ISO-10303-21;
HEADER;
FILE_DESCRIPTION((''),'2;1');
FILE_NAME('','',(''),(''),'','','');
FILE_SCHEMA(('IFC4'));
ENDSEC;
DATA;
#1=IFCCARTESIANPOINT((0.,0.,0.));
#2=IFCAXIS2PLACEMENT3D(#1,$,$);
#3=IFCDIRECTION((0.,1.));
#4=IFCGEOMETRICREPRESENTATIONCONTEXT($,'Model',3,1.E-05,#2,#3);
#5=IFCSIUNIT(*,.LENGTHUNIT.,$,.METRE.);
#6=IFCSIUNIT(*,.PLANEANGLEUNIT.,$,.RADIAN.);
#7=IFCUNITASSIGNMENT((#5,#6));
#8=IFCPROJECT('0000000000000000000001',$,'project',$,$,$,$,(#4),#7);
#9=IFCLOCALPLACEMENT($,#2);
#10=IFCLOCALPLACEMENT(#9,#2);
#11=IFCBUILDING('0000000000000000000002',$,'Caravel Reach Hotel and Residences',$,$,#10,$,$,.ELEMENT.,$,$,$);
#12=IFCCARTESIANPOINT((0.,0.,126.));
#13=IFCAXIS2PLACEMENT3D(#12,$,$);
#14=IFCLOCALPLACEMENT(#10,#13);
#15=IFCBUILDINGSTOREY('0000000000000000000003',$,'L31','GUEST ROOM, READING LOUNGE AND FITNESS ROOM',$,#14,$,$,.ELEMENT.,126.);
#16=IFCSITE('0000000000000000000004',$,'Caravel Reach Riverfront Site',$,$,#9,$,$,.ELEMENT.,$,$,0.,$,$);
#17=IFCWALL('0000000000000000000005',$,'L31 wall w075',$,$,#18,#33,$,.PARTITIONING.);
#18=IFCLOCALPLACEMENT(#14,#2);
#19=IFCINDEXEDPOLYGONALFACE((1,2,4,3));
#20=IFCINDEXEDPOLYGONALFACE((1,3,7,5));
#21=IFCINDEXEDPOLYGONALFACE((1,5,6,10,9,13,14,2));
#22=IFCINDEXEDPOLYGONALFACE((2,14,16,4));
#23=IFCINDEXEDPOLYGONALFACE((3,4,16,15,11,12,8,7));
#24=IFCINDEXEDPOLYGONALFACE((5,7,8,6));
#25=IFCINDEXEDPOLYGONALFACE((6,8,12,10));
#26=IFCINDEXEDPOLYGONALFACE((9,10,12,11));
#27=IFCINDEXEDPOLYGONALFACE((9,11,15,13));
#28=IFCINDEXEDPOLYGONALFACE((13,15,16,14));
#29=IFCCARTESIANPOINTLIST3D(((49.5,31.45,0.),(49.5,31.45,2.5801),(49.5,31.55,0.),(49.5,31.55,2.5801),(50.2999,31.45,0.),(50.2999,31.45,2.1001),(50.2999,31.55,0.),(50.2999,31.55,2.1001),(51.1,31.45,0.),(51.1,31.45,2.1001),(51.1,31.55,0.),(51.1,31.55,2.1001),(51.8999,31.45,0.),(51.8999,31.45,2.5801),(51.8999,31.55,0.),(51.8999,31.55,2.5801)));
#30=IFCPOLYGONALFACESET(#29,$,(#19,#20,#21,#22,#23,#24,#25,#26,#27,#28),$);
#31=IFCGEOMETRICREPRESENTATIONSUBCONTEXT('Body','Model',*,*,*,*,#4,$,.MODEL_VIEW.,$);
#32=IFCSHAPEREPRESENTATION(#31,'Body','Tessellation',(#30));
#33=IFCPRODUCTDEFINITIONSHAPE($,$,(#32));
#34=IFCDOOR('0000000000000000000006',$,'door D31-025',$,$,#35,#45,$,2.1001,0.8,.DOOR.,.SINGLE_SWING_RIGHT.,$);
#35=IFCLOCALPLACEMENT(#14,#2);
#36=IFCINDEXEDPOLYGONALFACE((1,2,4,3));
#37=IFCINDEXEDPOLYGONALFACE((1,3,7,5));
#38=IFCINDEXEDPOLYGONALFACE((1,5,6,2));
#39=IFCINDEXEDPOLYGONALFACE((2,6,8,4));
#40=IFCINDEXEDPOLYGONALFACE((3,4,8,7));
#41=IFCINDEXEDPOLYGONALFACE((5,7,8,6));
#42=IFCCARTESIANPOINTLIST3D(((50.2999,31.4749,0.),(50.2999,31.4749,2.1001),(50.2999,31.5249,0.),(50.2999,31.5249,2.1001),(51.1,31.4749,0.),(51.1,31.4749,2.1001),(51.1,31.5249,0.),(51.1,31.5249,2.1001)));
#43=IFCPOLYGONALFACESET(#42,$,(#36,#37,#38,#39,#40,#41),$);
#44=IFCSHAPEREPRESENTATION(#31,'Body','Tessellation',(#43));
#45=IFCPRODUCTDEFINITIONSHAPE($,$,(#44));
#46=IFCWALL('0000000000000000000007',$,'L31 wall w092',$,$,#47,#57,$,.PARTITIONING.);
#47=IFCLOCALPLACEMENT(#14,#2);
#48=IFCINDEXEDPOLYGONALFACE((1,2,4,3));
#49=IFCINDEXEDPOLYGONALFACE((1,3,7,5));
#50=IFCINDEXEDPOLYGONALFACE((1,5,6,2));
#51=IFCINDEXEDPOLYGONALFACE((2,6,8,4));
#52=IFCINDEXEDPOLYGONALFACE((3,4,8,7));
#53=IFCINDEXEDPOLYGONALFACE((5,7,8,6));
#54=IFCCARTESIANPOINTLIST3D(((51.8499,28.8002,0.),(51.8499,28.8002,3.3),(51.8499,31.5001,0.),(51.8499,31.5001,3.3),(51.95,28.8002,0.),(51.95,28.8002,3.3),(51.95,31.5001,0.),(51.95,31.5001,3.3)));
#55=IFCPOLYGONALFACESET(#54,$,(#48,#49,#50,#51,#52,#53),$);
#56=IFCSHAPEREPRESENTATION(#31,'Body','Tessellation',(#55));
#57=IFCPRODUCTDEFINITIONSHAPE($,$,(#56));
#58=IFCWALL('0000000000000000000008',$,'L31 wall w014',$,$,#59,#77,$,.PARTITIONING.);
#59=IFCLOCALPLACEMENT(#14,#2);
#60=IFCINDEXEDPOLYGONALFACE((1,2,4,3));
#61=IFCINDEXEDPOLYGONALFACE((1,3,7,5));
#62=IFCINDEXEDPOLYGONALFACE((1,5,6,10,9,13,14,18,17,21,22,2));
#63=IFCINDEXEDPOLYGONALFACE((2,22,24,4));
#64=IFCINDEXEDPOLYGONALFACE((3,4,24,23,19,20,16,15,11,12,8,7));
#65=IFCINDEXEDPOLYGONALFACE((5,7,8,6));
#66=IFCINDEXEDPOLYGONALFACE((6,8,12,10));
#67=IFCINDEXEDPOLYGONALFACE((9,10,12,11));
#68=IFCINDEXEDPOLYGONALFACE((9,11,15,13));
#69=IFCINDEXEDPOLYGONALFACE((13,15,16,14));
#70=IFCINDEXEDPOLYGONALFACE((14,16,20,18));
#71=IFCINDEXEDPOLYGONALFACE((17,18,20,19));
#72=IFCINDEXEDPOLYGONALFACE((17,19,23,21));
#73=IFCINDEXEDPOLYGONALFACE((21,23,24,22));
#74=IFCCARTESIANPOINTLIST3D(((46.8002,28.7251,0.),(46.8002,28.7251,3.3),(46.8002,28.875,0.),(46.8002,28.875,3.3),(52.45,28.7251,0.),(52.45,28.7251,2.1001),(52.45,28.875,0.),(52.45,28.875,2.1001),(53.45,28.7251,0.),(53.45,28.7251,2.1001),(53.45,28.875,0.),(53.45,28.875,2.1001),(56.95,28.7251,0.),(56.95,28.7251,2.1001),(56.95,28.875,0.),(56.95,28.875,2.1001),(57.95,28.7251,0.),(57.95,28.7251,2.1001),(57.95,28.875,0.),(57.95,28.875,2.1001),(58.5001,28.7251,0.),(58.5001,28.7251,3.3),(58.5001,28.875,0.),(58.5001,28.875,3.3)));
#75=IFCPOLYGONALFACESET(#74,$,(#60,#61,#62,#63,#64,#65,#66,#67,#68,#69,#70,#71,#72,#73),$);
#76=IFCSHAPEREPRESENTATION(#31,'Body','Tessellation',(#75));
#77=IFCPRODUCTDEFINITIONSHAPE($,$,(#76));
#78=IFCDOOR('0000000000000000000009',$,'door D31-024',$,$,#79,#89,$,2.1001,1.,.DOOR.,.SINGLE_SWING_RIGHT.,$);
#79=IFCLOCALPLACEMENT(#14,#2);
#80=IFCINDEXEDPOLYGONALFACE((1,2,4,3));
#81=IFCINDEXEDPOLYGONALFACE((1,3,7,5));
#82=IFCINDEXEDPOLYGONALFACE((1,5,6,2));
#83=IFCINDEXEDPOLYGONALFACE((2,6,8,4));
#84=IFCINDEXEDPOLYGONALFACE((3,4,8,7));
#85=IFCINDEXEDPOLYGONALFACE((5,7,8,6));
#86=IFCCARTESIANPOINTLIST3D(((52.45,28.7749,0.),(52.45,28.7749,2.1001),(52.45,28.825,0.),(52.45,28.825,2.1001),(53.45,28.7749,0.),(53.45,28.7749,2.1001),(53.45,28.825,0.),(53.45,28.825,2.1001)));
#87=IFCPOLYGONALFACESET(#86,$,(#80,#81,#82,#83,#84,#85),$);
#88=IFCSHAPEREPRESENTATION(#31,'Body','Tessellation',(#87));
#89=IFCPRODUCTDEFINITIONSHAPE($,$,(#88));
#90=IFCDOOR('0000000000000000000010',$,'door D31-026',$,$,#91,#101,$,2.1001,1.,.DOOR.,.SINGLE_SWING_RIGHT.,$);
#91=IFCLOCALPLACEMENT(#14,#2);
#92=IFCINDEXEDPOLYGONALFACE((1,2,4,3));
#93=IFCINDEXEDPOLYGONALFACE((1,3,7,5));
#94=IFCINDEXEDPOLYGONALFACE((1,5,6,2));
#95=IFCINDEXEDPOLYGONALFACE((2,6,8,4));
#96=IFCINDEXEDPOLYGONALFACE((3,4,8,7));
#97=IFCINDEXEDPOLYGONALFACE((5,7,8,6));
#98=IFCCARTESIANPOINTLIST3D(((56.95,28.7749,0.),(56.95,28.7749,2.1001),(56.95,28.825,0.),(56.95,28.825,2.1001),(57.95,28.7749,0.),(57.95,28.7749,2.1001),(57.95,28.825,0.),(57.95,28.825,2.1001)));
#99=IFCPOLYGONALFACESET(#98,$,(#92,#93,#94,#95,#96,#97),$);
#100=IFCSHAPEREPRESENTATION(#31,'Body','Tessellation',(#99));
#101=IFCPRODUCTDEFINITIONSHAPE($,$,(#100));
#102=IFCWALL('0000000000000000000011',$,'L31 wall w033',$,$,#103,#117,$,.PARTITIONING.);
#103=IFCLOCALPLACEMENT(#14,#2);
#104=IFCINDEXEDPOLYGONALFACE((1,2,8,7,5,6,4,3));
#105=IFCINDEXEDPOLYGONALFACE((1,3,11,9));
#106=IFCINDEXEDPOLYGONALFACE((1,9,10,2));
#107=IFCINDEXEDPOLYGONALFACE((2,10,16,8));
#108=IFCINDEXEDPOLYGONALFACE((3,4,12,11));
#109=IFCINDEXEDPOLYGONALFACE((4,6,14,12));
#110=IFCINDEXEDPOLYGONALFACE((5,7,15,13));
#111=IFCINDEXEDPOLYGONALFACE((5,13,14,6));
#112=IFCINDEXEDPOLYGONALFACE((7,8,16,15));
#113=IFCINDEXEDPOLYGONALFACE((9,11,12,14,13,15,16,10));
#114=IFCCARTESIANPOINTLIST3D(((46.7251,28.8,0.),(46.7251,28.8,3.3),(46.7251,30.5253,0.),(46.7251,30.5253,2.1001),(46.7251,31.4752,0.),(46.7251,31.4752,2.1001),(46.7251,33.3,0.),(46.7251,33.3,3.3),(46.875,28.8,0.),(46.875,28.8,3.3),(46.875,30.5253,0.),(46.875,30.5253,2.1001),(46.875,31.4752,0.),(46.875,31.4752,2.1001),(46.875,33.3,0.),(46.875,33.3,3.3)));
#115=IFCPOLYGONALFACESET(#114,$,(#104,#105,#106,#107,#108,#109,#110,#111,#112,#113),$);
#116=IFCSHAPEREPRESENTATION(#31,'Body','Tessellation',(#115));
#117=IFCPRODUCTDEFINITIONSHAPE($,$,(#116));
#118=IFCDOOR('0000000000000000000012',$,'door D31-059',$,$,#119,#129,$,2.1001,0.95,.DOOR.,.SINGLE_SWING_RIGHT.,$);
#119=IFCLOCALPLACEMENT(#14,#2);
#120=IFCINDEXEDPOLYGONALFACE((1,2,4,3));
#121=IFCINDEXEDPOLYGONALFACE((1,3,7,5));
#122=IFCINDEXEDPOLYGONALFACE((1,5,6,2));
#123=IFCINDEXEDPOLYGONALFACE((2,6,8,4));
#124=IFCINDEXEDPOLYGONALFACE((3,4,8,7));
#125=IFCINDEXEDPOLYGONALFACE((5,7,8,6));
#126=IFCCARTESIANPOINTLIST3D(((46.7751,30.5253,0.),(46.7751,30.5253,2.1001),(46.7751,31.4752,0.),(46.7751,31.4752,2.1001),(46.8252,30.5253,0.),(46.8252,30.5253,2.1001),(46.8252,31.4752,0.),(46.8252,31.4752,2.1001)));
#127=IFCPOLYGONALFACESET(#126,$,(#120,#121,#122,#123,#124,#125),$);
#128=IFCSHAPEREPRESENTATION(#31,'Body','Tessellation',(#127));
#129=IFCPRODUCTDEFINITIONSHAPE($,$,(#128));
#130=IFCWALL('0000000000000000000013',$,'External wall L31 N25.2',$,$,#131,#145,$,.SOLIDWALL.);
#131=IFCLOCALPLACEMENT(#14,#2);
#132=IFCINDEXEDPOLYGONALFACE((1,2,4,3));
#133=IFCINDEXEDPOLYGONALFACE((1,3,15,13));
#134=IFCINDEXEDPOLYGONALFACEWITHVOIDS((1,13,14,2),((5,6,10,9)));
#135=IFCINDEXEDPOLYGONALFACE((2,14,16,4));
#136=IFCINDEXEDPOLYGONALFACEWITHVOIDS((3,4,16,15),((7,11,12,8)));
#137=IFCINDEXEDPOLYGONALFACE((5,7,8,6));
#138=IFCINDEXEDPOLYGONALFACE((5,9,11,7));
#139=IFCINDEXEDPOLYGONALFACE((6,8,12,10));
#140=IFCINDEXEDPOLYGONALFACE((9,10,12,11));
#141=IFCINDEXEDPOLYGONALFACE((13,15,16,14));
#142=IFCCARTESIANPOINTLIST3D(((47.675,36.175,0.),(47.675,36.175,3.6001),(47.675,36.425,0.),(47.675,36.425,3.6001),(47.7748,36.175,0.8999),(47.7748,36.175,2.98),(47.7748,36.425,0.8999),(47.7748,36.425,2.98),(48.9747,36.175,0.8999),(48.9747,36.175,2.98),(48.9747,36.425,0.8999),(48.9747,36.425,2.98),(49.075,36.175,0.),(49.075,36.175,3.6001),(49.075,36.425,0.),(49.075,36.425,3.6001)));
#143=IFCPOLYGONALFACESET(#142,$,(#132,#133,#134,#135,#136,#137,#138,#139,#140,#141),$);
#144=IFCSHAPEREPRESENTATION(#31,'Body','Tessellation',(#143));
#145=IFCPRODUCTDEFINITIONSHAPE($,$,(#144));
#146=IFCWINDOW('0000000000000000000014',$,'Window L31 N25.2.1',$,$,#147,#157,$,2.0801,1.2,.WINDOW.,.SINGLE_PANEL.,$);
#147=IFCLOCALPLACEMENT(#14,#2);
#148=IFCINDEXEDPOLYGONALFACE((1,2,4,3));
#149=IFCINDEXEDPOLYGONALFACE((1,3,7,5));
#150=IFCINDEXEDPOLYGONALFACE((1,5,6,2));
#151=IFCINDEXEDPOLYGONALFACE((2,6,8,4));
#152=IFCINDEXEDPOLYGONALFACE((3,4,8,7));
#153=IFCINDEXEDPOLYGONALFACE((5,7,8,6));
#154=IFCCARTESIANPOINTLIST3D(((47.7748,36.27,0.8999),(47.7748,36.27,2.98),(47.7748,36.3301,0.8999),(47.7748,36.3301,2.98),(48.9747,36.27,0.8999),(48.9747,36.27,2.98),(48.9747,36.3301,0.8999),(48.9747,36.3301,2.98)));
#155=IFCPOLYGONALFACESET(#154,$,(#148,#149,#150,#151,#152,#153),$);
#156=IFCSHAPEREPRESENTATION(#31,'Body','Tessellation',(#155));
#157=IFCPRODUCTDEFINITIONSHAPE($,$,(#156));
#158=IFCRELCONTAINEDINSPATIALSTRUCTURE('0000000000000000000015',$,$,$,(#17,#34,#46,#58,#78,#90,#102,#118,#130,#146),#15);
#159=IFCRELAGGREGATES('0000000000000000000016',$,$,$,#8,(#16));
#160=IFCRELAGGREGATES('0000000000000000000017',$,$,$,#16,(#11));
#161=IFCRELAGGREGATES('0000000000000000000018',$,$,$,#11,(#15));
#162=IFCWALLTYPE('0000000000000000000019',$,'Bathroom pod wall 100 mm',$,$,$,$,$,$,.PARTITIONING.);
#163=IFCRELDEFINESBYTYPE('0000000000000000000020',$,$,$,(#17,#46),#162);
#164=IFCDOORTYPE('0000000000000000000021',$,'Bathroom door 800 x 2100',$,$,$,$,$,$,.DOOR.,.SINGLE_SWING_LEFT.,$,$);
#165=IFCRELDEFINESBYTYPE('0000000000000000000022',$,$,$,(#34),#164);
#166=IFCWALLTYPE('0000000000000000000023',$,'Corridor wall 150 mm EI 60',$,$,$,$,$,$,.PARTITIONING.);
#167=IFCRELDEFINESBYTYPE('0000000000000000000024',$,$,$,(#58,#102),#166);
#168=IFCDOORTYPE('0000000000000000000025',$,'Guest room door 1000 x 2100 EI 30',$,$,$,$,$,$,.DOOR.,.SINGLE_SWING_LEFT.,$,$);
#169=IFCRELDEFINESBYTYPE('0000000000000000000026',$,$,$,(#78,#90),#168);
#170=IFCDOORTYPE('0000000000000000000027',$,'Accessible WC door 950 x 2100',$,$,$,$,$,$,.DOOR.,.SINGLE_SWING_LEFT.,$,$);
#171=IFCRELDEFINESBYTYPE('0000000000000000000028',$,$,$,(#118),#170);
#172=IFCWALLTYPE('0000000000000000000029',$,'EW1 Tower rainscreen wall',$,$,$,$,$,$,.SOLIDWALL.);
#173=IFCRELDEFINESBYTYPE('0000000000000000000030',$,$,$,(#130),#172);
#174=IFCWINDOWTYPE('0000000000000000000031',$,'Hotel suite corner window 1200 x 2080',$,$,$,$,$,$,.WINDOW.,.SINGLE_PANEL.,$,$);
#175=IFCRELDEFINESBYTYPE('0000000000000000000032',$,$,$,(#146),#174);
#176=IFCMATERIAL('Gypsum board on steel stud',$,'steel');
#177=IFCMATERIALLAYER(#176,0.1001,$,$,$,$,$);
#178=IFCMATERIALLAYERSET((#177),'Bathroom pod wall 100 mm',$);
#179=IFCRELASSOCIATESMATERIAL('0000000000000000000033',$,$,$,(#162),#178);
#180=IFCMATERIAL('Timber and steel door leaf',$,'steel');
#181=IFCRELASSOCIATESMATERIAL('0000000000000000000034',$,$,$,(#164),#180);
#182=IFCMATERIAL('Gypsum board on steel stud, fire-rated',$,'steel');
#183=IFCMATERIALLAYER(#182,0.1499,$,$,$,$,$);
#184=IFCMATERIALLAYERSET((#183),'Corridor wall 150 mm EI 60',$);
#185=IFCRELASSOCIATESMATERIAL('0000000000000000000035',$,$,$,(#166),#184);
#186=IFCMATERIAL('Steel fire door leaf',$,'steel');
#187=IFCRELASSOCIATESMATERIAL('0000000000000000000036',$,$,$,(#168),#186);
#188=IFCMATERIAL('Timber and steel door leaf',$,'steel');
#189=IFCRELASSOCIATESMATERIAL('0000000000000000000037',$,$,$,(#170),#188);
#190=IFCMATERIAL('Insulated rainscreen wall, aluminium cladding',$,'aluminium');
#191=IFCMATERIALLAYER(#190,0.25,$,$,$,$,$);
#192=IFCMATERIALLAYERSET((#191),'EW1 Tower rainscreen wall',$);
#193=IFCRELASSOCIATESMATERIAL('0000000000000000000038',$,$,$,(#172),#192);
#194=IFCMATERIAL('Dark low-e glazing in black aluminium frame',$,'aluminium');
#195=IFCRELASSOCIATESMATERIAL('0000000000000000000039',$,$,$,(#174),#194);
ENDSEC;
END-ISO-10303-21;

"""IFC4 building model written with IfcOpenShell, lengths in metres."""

from ifc_helpers import new_model, si_unit, direction, frame, frame_2d, origin, place, context, subcontext, project, spatial, rectangle, extrude, material, layer, layer_set, type_object, element, fill, save


model = new_model("IFC4")

# Units and contexts
model_context = context("Model", 3, precision=1e-05, world=origin(), true_north=direction((0.0, 1.0)))
body_context = subcontext(model_context, "Body", "Model", "MODEL_VIEW")
ifc_project = project(units=[si_unit("LENGTHUNIT", "METRE"), si_unit("PLANEANGLEUNIT", "RADIAN")], contexts=[model_context])

# Site, building, storey
site_placement = place(None, origin())
site = spatial("IfcSite", under=ifc_project, at=site_placement, Name="Caravel Reach Riverfront Site", CompositionType="ELEMENT", RefElevation=0.0)
building_placement = place(site_placement, origin())
building = spatial("IfcBuilding", under=site, at=building_placement, Name="Caravel Reach Hotel and Residences", CompositionType="ELEMENT")
storey_placement = place(building_placement, frame((0.0, 0.0, 126.0)))
storey = spatial("IfcBuildingStorey", under=building, at=storey_placement, Name="L31", Description="GUEST ROOM, READING LOUNGE AND FITNESS ROOM", CompositionType="ELEMENT", Elevation=126.0)

# Wall, opening, door
ifc_material_1 = material(Name="Gypsum board on steel stud", Category="steel")
ifc_layer_1 = layer(ifc_material_1, 0.1001)
ifc_layer_set_1 = layer_set([ifc_layer_1], Name="Bathroom pod wall 100 mm")
wall_type_1 = type_object("IfcWallType", Name="Bathroom pod wall 100 mm", PredefinedType="PARTITIONING", material=ifc_layer_set_1)
wall_1_placement = place(storey_placement, frame((49.5, 31.5, 0.0), z_axis=(0.0, 0.0, 1.0), x_axis=(1.0, 0.0, 0.0)))
wall_1 = element("IfcWall", 1, at=wall_1_placement, inside=storey, type_object=wall_type_1, Name="L31 wall w075", PredefinedType="PARTITIONING", context=body_context, shape_type="SweptSolid", body=[
    extrude(rectangle(XDim=2.3999, YDim=0.1001, at=frame_2d((1.2, 0.0))), origin(), (0.0, 0.0, 1.0), 2.5801),
])
opening_1_placement = place(wall_1_placement, frame((0.8, 0.0, 0.0)))
opening_1 = element("IfcOpeningElement", 2, at=opening_1_placement, cuts=wall_1, PredefinedType="OPENING", context=body_context, shape_type="SweptSolid", body=[
    extrude(rectangle(XDim=0.8, YDim=2.1001, at=frame_2d((0.3999, 1.05))), frame((0.0, 0.0601, 0.0), z_axis=(0.0, -1.0, 0.0), x_axis=(1.0, 0.0, 0.0)), (0.0, 0.0, 1.0), 0.1201),
])
ifc_material_2 = material(Name="Timber and steel door leaf", Category="steel")
door_type_1 = type_object("IfcDoorType", Name="Bathroom door 800 x 2100", OperationType="SINGLE_SWING_LEFT", PredefinedType="DOOR", material=ifc_material_2)
door_1_placement = place(opening_1_placement, origin())
door_1 = element("IfcDoor", 3, at=door_1_placement, inside=storey, type_object=door_type_1, Name="door D31-025", OperationType="SINGLE_SWING_RIGHT", OverallHeight=2.1001, OverallWidth=0.8, PredefinedType="DOOR", context=body_context, shape_type="SweptSolid", body=[
    extrude(rectangle(XDim=0.8, YDim=2.1001, at=frame_2d((0.3999, 1.05))), frame((0.0, 0.0249, 0.0), z_axis=(0.0, -1.0, 0.0), x_axis=(1.0, 0.0, 0.0)), (0.0, 0.0, 1.0), 0.05),
])
fill(opening_1, door_1)

# Wall
wall_2_placement = place(storey_placement, frame((51.8999, 28.8, 0.0), z_axis=(0.0, 0.0, 1.0), x_axis=(0.0, 1.0, 0.0)))
element("IfcWall", 4, at=wall_2_placement, inside=storey, type_object=wall_type_1, Name="L31 wall w092", PredefinedType="PARTITIONING", context=body_context, shape_type="SweptSolid", body=[
    extrude(rectangle(XDim=2.7, YDim=0.1001, at=frame_2d((1.3501, 0.0))), origin(), (0.0, 0.0, 1.0), 3.3),
])

# Wall, openings, doors
ifc_material_3 = material(Name="Gypsum board on steel stud, fire-rated", Category="steel")
ifc_layer_2 = layer(ifc_material_3, 0.1499)
ifc_layer_set_2 = layer_set([ifc_layer_2], Name="Corridor wall 150 mm EI 60")
wall_type_2 = type_object("IfcWallType", Name="Corridor wall 150 mm EI 60", PredefinedType="PARTITIONING", material=ifc_layer_set_2)
wall_3_placement = place(storey_placement, frame((46.8, 28.8, 0.0), z_axis=(0.0, 0.0, 1.0), x_axis=(1.0, 0.0, 0.0)))
wall_3 = element("IfcWall", 5, at=wall_3_placement, inside=storey, type_object=wall_type_2, Name="L31 wall w014", PredefinedType="PARTITIONING", context=body_context, shape_type="SweptSolid", body=[
    extrude(rectangle(XDim=11.7, YDim=0.1499, at=frame_2d((5.8501, 0.0))), origin(), (0.0, 0.0, 1.0), 3.3),
])
opening_2_placement = place(wall_3_placement, frame((5.6499, 0.0, 0.0)))
opening_2 = element("IfcOpeningElement", 6, at=opening_2_placement, cuts=wall_3, PredefinedType="OPENING", context=body_context, shape_type="SweptSolid", body=[
    extrude(rectangle(XDim=1.0, YDim=2.1001, at=frame_2d((0.5, 1.05))), frame((0.0, 0.085, 0.0), z_axis=(0.0, -1.0, 0.0), x_axis=(1.0, 0.0, 0.0)), (0.0, 0.0, 1.0), 0.1699),
])
opening_3_placement = place(wall_3_placement, frame((10.1499, 0.0, 0.0)))
opening_3 = element("IfcOpeningElement", 7, at=opening_3_placement, cuts=wall_3, PredefinedType="OPENING", context=body_context, shape_type="SweptSolid", body=[
    extrude(rectangle(XDim=1.0, YDim=2.1001, at=frame_2d((0.5, 1.05))), frame((0.0, 0.085, 0.0), z_axis=(0.0, -1.0, 0.0), x_axis=(1.0, 0.0, 0.0)), (0.0, 0.0, 1.0), 0.1699),
])
ifc_material_4 = material(Name="Steel fire door leaf", Category="steel")
door_type_2 = type_object("IfcDoorType", Name="Guest room door 1000 x 2100 EI 30", OperationType="SINGLE_SWING_LEFT", PredefinedType="DOOR", material=ifc_material_4)
door_2_placement = place(opening_2_placement, origin())
door_2 = element("IfcDoor", 8, at=door_2_placement, inside=storey, type_object=door_type_2, Name="door D31-024", OperationType="SINGLE_SWING_RIGHT", OverallHeight=2.1001, OverallWidth=1.0, PredefinedType="DOOR", context=body_context, shape_type="SweptSolid", body=[
    extrude(rectangle(XDim=1.0, YDim=2.1001, at=frame_2d((0.5, 1.05))), frame((0.0, 0.0249, 0.0), z_axis=(0.0, -1.0, 0.0), x_axis=(1.0, 0.0, 0.0)), (0.0, 0.0, 1.0), 0.05),
])
fill(opening_2, door_2)
door_3_placement = place(opening_3_placement, origin())
door_3 = element("IfcDoor", 9, at=door_3_placement, inside=storey, type_object=door_type_2, Name="door D31-026", OperationType="SINGLE_SWING_RIGHT", OverallHeight=2.1001, OverallWidth=1.0, PredefinedType="DOOR", context=body_context, shape_type="SweptSolid", body=[
    extrude(rectangle(XDim=1.0, YDim=2.1001, at=frame_2d((0.5, 1.05))), frame((0.0, 0.0249, 0.0), z_axis=(0.0, -1.0, 0.0), x_axis=(1.0, 0.0, 0.0)), (0.0, 0.0, 1.0), 0.05),
])
fill(opening_3, door_3)

# Wall, opening, door
wall_4_placement = place(storey_placement, frame((46.8, 28.8, 0.0), z_axis=(0.0, 0.0, 1.0), x_axis=(0.0, 1.0, 0.0)))
wall_4 = element("IfcWall", 10, at=wall_4_placement, inside=storey, type_object=wall_type_2, Name="L31 wall w033", PredefinedType="PARTITIONING", context=body_context, shape_type="SweptSolid", body=[
    extrude(rectangle(XDim=4.5, YDim=0.1499, at=frame_2d((2.25, 0.0))), origin(), (0.0, 0.0, 1.0), 3.3),
])
opening_4_placement = place(wall_4_placement, frame((1.7251, 0.0, 0.0)))
opening_4 = element("IfcOpeningElement", 11, at=opening_4_placement, cuts=wall_4, PredefinedType="OPENING", context=body_context, shape_type="SweptSolid", body=[
    extrude(rectangle(XDim=0.95, YDim=2.1001, at=frame_2d((0.4751, 1.05))), frame((0.0, 0.085, 0.0), z_axis=(0.0, -1.0, 0.0), x_axis=(1.0, 0.0, 0.0)), (0.0, 0.0, 1.0), 0.1699),
])
ifc_material_5 = material(Name="Timber and steel door leaf", Category="steel")
door_type_3 = type_object("IfcDoorType", Name="Accessible WC door 950 x 2100", OperationType="SINGLE_SWING_LEFT", PredefinedType="DOOR", material=ifc_material_5)
door_4_placement = place(opening_4_placement, origin())
door_4 = element("IfcDoor", 12, at=door_4_placement, inside=storey, type_object=door_type_3, Name="door D31-059", OperationType="SINGLE_SWING_RIGHT", OverallHeight=2.1001, OverallWidth=0.95, PredefinedType="DOOR", context=body_context, shape_type="SweptSolid", body=[
    extrude(rectangle(XDim=0.95, YDim=2.1001, at=frame_2d((0.4751, 1.05))), frame((0.0, 0.0249, 0.0), z_axis=(0.0, -1.0, 0.0), x_axis=(1.0, 0.0, 0.0)), (0.0, 0.0, 1.0), 0.05),
])
fill(opening_4, door_4)

# Wall, opening, window
ifc_material_6 = material(Name="Insulated rainscreen wall, aluminium cladding", Category="aluminium")
ifc_layer_3 = layer(ifc_material_6, 0.25)
ifc_layer_set_3 = layer_set([ifc_layer_3], Name="EW1 Tower rainscreen wall")
wall_type_3 = type_object("IfcWallType", Name="EW1 Tower rainscreen wall", PredefinedType="SOLIDWALL", material=ifc_layer_set_3)
wall_5_placement = place(storey_placement, frame((49.075, 36.3, 0.0), z_axis=(0.0, 0.0, 1.0), x_axis=(-1.0, 0.0, 0.0)))
wall_5 = element("IfcWall", 13, at=wall_5_placement, inside=storey, type_object=wall_type_3, Name="External wall L31 N25.2", PredefinedType="SOLIDWALL", context=body_context, shape_type="SweptSolid", body=[
    extrude(rectangle(XDim=1.3999, YDim=0.25, at=frame_2d((0.7, 0.0))), origin(), (0.0, 0.0, 1.0), 3.6001),
])
opening_5_placement = place(wall_5_placement, frame((0.1001, 0.0, 0.8999)))
opening_5 = element("IfcOpeningElement", 14, at=opening_5_placement, cuts=wall_5, PredefinedType="OPENING", context=body_context, shape_type="SweptSolid", body=[
    extrude(rectangle(XDim=1.2, YDim=2.0801, at=frame_2d((0.6001, 1.04))), frame((0.0, 0.135, 0.0), z_axis=(0.0, -1.0, 0.0), x_axis=(1.0, 0.0, 0.0)), (0.0, 0.0, 1.0), 0.27),
])
ifc_material_7 = material(Name="Dark low-e glazing in black aluminium frame", Category="aluminium")
window_type = type_object("IfcWindowType", Name="Hotel suite corner window 1200 x 2080", PartitioningType="SINGLE_PANEL", PredefinedType="WINDOW", material=ifc_material_7)
window_1_placement = place(opening_5_placement, origin())
window_1 = element("IfcWindow", 15, at=window_1_placement, inside=storey, type_object=window_type, Name="Window L31 N25.2.1", OverallHeight=2.0801, OverallWidth=1.2, PartitioningType="SINGLE_PANEL", PredefinedType="WINDOW", context=body_context, shape_type="SweptSolid", body=[
    extrude(rectangle(XDim=1.2, YDim=2.0801, at=frame_2d((0.6001, 1.04))), frame((0.0, 0.03, 0.0), z_axis=(0.0, -1.0, 0.0), x_axis=(1.0, 0.0, 0.0)), (0.0, 0.0, 1.0), 0.0601),
])
fill(opening_5, window_1)

save(model, "model.ifc")
